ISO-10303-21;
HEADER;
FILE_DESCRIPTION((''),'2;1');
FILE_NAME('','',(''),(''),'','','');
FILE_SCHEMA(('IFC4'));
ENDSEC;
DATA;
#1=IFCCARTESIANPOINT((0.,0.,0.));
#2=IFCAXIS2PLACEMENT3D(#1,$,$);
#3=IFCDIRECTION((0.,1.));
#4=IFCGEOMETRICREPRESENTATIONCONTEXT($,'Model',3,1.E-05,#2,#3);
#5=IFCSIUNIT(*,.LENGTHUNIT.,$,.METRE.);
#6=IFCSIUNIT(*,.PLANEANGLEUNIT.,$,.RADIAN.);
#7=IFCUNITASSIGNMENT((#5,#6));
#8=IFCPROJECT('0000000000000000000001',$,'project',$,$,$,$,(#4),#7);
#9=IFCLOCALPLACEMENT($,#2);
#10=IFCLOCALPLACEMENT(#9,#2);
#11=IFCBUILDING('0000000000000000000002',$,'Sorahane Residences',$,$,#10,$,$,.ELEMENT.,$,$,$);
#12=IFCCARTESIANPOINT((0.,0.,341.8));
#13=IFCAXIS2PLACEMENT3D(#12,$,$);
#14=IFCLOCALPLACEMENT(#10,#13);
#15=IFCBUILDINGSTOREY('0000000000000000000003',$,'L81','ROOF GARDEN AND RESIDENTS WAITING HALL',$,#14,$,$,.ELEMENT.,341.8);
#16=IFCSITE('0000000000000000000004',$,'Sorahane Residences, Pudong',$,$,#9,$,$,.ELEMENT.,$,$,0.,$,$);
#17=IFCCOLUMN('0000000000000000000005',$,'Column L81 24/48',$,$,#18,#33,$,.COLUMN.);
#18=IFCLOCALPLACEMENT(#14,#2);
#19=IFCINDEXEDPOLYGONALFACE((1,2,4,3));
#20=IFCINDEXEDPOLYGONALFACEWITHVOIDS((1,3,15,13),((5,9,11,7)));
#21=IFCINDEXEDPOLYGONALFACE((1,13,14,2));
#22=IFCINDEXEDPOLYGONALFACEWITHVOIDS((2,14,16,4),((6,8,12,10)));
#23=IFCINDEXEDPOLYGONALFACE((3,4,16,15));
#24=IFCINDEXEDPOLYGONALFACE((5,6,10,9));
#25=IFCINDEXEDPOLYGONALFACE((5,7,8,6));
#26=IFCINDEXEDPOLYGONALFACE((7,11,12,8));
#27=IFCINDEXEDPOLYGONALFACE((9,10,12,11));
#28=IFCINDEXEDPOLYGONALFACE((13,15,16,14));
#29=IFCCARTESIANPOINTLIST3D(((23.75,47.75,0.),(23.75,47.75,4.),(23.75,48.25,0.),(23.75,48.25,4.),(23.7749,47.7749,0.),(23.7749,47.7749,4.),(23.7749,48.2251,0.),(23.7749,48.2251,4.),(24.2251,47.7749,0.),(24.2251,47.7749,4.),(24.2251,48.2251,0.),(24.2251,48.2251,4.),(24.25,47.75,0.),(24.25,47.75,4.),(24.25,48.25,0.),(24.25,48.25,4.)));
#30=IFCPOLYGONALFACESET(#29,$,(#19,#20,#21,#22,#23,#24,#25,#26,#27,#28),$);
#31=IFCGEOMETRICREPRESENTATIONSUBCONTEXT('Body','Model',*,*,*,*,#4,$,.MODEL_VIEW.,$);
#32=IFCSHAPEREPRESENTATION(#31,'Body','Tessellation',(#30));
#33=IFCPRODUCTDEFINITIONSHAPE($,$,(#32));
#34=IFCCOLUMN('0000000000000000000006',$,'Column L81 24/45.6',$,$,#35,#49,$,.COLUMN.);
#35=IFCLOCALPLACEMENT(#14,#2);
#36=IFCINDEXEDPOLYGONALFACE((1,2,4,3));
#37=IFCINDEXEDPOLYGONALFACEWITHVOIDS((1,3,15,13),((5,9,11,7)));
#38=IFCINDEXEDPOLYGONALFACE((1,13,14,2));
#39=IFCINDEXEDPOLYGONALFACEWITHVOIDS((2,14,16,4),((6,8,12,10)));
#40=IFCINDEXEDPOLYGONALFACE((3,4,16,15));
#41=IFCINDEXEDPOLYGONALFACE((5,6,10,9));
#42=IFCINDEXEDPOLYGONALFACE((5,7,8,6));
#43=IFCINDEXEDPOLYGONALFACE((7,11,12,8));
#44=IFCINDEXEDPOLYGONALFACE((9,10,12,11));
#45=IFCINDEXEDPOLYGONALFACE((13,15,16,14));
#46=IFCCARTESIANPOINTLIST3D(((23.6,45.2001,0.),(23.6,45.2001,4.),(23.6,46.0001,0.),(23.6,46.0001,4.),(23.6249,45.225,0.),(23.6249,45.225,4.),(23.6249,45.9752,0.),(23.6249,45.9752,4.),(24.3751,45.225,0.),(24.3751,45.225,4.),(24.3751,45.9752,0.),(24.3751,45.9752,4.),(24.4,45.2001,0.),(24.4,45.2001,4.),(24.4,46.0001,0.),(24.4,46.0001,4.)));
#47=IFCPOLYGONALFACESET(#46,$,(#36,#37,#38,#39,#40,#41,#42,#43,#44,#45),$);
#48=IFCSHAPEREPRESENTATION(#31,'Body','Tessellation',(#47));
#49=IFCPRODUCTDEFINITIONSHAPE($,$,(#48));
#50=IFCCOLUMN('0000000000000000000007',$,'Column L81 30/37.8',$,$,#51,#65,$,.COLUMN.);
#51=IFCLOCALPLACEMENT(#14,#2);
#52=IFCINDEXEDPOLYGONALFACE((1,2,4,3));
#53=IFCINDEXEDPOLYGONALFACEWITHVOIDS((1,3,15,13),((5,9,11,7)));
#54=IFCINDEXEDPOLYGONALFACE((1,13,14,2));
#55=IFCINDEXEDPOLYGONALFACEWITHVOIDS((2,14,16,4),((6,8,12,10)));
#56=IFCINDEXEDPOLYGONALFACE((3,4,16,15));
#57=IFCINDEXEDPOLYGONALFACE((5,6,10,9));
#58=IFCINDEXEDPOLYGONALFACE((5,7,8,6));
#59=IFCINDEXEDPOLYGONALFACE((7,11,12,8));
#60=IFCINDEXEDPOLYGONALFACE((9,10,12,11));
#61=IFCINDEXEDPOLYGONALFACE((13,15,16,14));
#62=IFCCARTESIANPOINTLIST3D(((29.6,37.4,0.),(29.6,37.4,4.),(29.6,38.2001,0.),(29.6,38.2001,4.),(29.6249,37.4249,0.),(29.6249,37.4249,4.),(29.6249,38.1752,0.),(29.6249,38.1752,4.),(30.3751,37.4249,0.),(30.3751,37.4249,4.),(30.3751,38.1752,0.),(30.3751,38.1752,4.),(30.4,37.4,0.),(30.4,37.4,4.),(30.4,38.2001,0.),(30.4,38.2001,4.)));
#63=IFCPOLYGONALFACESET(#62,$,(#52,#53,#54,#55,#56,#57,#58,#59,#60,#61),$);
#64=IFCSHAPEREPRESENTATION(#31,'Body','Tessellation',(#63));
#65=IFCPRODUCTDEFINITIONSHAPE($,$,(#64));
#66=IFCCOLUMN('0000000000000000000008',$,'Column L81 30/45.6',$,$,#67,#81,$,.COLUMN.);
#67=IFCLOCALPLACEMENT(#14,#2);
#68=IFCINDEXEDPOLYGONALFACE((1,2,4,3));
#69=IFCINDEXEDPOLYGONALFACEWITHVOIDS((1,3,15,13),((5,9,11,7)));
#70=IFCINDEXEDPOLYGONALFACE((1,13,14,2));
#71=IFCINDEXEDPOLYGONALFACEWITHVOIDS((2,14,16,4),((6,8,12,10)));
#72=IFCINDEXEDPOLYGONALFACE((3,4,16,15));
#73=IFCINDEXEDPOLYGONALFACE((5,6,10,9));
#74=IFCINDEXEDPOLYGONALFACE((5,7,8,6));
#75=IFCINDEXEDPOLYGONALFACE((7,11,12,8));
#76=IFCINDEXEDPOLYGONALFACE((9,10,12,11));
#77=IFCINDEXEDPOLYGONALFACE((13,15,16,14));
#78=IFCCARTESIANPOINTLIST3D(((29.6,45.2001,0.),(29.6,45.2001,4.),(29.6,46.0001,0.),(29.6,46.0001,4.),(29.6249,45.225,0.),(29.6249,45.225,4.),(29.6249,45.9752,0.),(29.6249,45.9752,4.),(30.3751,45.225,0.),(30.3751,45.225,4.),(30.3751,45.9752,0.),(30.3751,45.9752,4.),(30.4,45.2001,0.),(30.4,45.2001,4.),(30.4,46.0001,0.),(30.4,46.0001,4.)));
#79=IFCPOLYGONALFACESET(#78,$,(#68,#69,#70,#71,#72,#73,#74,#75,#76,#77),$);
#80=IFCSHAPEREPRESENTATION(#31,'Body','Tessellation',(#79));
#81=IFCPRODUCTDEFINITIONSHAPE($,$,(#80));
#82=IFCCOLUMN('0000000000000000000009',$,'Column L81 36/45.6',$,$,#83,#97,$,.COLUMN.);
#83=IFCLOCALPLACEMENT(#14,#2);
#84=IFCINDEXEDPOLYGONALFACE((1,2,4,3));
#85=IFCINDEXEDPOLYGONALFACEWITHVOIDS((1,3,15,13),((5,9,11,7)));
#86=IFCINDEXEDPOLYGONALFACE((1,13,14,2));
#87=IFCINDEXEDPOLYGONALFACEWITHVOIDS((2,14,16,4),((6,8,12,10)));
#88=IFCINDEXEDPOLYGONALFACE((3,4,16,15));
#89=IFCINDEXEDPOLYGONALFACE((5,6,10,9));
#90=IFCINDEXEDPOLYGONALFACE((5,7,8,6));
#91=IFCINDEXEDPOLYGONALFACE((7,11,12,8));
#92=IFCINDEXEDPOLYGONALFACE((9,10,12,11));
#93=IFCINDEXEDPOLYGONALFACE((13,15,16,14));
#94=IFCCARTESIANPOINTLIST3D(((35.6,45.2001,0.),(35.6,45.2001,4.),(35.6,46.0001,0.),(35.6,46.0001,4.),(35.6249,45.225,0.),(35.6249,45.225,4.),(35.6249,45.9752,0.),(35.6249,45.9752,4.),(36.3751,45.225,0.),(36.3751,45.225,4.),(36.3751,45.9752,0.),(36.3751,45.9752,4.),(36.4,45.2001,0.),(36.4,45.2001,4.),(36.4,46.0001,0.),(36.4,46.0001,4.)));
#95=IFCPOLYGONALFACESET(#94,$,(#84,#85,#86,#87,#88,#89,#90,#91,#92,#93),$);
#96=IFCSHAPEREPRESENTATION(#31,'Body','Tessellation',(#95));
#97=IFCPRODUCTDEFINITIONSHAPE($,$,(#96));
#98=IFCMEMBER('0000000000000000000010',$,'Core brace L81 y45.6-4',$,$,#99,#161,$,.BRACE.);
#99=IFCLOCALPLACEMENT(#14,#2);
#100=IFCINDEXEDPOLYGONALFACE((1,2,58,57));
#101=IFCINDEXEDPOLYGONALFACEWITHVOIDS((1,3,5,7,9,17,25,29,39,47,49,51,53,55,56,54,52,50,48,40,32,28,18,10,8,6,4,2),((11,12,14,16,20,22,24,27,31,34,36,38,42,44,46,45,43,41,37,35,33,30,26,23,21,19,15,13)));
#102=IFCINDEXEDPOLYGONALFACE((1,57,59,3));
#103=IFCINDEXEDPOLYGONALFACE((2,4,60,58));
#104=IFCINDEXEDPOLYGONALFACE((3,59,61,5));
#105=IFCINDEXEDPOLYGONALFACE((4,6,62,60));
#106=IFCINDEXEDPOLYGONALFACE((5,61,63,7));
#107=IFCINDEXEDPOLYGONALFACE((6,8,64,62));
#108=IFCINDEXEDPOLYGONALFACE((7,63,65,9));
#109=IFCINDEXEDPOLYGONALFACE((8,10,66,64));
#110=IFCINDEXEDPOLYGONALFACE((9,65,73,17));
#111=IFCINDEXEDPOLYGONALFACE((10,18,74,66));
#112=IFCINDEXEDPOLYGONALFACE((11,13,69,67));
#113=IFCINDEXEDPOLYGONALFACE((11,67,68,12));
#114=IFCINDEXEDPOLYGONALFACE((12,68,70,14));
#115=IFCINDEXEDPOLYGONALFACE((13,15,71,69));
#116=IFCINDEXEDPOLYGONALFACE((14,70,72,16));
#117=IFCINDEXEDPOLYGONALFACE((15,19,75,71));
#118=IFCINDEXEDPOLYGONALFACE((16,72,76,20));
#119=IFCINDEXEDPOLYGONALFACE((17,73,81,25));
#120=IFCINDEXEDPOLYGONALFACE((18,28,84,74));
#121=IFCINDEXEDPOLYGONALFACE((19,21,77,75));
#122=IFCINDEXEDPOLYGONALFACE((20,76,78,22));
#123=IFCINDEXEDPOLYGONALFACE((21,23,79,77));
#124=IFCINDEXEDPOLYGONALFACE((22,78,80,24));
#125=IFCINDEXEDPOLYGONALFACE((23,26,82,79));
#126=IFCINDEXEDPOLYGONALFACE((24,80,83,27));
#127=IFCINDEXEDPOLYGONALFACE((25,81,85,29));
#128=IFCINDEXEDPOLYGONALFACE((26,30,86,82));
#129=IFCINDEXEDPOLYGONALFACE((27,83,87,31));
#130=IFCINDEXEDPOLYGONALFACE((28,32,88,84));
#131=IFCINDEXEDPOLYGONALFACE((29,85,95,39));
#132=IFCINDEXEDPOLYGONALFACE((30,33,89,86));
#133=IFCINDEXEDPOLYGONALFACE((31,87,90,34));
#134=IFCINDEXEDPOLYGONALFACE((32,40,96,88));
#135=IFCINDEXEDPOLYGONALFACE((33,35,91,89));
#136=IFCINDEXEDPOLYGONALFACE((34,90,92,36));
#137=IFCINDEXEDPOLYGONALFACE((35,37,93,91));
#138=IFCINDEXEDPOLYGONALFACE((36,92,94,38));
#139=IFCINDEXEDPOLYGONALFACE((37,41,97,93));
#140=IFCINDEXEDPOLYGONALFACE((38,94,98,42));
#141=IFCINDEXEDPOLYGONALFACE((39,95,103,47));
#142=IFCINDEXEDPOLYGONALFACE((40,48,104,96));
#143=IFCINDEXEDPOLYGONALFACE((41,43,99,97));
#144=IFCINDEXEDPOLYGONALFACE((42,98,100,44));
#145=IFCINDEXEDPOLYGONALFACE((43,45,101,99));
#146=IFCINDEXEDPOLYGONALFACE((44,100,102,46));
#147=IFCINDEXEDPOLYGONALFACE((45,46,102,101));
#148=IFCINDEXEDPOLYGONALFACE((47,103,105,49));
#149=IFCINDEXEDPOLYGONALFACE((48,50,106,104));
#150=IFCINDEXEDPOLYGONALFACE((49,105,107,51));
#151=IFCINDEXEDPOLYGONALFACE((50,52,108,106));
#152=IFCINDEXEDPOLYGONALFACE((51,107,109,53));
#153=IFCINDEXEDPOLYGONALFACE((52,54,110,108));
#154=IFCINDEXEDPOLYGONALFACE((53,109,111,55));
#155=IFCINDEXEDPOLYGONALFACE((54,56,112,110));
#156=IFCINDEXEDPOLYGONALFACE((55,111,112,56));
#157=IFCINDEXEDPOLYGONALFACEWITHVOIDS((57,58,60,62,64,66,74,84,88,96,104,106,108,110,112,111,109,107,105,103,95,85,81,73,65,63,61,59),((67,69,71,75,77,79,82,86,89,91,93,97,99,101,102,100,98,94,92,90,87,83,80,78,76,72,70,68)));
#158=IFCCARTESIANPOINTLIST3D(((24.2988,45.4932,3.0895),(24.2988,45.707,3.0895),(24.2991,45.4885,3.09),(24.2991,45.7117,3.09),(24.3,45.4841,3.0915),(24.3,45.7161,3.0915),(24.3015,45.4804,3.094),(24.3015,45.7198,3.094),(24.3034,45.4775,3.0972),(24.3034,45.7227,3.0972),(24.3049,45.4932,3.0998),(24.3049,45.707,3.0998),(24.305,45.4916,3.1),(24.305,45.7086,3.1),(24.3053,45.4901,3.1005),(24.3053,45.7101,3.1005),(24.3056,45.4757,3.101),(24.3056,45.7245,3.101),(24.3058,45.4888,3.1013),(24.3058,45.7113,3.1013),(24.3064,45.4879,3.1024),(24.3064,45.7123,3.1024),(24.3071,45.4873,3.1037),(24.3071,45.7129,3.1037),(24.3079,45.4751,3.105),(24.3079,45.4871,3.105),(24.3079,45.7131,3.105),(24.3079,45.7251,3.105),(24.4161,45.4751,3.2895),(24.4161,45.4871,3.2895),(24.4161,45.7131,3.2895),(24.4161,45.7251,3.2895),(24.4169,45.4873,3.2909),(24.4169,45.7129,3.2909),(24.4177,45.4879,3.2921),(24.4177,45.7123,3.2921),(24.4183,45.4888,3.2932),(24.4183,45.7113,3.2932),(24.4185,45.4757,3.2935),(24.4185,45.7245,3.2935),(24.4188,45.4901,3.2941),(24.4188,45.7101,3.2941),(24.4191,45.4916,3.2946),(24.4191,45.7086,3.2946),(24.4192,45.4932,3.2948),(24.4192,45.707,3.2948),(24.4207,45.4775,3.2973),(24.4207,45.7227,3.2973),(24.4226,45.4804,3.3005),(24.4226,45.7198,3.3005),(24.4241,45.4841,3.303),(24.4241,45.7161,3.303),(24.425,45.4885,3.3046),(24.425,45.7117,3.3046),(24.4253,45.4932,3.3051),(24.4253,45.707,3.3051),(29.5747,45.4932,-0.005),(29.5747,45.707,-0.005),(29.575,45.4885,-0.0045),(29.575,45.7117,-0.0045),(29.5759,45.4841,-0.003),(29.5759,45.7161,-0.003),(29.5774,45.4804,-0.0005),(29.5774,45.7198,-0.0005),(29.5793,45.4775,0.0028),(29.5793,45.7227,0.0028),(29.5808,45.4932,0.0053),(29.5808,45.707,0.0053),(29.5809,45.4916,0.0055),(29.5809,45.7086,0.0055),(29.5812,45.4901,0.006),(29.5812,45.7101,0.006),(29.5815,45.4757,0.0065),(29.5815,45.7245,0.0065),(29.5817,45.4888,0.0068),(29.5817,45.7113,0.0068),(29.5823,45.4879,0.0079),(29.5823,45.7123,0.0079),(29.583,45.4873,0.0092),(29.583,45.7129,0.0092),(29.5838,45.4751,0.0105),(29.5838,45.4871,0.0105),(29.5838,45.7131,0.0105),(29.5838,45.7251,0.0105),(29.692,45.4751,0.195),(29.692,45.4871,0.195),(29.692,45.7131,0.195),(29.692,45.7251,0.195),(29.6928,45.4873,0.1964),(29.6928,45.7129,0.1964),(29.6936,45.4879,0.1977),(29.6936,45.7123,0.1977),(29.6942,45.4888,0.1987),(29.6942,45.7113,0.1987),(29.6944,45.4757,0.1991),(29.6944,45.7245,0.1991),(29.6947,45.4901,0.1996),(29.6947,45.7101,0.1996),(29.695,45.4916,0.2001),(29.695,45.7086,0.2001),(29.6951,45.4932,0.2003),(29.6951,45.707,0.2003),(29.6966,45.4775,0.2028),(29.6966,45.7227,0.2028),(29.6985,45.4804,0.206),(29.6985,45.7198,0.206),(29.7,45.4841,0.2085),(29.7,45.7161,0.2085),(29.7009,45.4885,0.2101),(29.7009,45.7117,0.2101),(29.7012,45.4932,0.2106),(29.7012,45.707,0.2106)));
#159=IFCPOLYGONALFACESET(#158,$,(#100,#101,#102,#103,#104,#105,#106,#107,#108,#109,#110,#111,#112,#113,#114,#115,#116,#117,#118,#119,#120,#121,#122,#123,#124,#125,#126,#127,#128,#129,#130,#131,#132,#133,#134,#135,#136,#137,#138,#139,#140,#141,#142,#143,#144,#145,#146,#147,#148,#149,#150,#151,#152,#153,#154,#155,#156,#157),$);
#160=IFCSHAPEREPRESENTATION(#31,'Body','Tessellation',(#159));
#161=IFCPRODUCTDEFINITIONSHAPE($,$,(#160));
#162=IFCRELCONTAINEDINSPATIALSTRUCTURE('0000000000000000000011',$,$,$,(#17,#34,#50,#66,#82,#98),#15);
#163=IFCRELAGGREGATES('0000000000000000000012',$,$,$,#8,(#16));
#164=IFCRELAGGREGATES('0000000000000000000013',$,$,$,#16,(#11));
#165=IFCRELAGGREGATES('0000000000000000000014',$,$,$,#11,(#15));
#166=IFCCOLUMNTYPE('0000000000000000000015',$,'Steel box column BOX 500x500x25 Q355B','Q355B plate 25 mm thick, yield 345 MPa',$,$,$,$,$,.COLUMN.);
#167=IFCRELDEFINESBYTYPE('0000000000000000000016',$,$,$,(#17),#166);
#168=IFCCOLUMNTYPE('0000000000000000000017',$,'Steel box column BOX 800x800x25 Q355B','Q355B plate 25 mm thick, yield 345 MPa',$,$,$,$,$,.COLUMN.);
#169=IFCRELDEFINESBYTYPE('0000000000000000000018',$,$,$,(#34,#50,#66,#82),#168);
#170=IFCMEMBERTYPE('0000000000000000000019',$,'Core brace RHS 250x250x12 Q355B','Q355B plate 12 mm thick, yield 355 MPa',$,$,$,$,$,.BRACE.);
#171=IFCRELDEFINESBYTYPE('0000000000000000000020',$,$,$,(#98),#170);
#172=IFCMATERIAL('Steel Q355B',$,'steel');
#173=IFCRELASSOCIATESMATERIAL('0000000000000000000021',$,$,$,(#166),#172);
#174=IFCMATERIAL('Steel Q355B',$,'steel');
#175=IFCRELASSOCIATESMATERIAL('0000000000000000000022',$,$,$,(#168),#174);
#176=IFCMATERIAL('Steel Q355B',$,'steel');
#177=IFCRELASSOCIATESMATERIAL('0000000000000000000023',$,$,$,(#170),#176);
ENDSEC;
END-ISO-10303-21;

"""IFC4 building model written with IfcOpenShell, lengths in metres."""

from ifc_helpers import new_model, si_unit, direction, frame, origin, origin_2d, place, context, subcontext, project, spatial, hollow_rectangle, extrude, material, material_profile, profile_set, type_object, element, save


model = new_model("IFC4")

# Units and contexts
model_context = context("Model", 3, precision=1e-05, world=origin(), true_north=direction((0.0, 1.0)))
body_context = subcontext(model_context, "Body", "Model", "MODEL_VIEW")
ifc_project = project(units=[si_unit("LENGTHUNIT", "METRE"), si_unit("PLANEANGLEUNIT", "RADIAN")], contexts=[model_context])

# Site, building, storey
site_placement = place(None, origin())
site = spatial("IfcSite", under=ifc_project, at=site_placement, Name="Sorahane Residences, Pudong", CompositionType="ELEMENT", RefElevation=0.0)
building_placement = place(site_placement, origin())
building = spatial("IfcBuilding", under=site, at=building_placement, Name="Sorahane Residences", CompositionType="ELEMENT")
storey_placement = place(building_placement, frame((0.0, 0.0, 341.8)))
storey = spatial("IfcBuildingStorey", under=building, at=storey_placement, Name="L81", Description="ROOF GARDEN AND RESIDENTS WAITING HALL", CompositionType="ELEMENT", Elevation=341.8)

# Columns
ifc_material_1 = material(Name="Steel Q355B", Category="steel")
ifc_material_profile_1 = material_profile(ifc_material_1, hollow_rectangle(XDim=0.5, YDim=0.5, WallThickness=0.0249, at=origin_2d()), Name="BOX 500x500x25")
ifc_profile_set_1 = profile_set([ifc_material_profile_1], Name="Steel Q355B")
column_type_1 = type_object("IfcColumnType", Name="Steel box column BOX 500x500x25 Q355B", Description="Q355B plate 25 mm thick, yield 345 MPa", PredefinedType="COLUMN", material=ifc_profile_set_1)
column_placement = place(storey_placement, frame((24.0, 48.0, 0.0), z_axis=(0.0, 0.0, 1.0), x_axis=(1.0, 0.0, 0.0)))
element("IfcColumn", 1, at=column_placement, inside=storey, type_object=column_type_1, Name="Column L81 24/48", PredefinedType="COLUMN", context=body_context, shape_type="SweptSolid", body=[
    extrude(hollow_rectangle(XDim=0.5, YDim=0.5, WallThickness=0.0249, at=origin_2d()), origin(), (0.0, 0.0, 1.0), 4.0),
])
ifc_material_2 = material(Name="Steel Q355B", Category="steel")
ifc_material_profile_2 = material_profile(ifc_material_2, hollow_rectangle(XDim=0.8, YDim=0.8, WallThickness=0.0249, at=origin_2d()), Name="BOX 800x800x25")
ifc_profile_set_2 = profile_set([ifc_material_profile_2], Name="Steel Q355B")
column_type_2 = type_object("IfcColumnType", Name="Steel box column BOX 800x800x25 Q355B", Description="Q355B plate 25 mm thick, yield 345 MPa", PredefinedType="COLUMN", material=ifc_profile_set_2)
for number, where, z_axis, x_axis, name in (
    (2, (24.0, 45.6001, 0.0), (0.0, 0.0, 1.0), (1.0, 0.0, 0.0), "Column L81 24/45.6"),
    (3, (30.0, 37.8, 0.0), (0.0, 0.0, 1.0), (1.0, 0.0, 0.0), "Column L81 30/37.8"),
    (4, (30.0, 45.6001, 0.0), (0.0, 0.0, 1.0), (1.0, 0.0, 0.0), "Column L81 30/45.6"),
    (5, (36.0, 45.6001, 0.0), (0.0, 0.0, 1.0), (1.0, 0.0, 0.0), "Column L81 36/45.6"),
):
    element("IfcColumn", number, at=place(storey_placement, frame(where, z_axis=z_axis, x_axis=x_axis)), inside=storey, type_object=column_type_2, Name=name, PredefinedType="COLUMN", context=body_context, shape_type="SweptSolid", body=[
        extrude(hollow_rectangle(XDim=0.8, YDim=0.8, WallThickness=0.0249, at=origin_2d()), origin(), (0.0, 0.0, 1.0), 4.0),
    ])

# Member
ifc_material_3 = material(Name="Steel Q355B", Category="steel")
ifc_material_profile_3 = material_profile(ifc_material_3, hollow_rectangle(XDim=0.25, YDim=0.25, WallThickness=0.012, InnerFilletRadius=0.0061, OuterFilletRadius=0.0181, at=origin_2d()), Name="RHS 250x250x12")
ifc_profile_set_3 = profile_set([ifc_material_profile_3], Name="Steel Q355B")
member_type_1 = type_object("IfcMemberType", Name="Core brace RHS 250x250x12 Q355B", Description="Q355B plate 12 mm thick, yield 355 MPa", PredefinedType="BRACE", material=ifc_profile_set_3)
member_1_placement = place(storey_placement, frame((29.6379, 45.6001, 0.1028), z_axis=(-0.862575, 0.0, 0.505929), x_axis=(0.0, -1.0, 0.0)))
element("IfcMember", 6, at=member_1_placement, inside=storey, type_object=member_type_1, Name="Core brace L81 y45.6-4", PredefinedType="BRACE", context=body_context, shape_type="SweptSolid", body=[
    extrude(hollow_rectangle(XDim=0.25, YDim=0.25, WallThickness=0.012, InnerFilletRadius=0.0061, OuterFilletRadius=0.0181, at=origin_2d()), origin(), (0.0, 0.0, 1.0), 6.1165),
])

save(model, "model.ifc")
